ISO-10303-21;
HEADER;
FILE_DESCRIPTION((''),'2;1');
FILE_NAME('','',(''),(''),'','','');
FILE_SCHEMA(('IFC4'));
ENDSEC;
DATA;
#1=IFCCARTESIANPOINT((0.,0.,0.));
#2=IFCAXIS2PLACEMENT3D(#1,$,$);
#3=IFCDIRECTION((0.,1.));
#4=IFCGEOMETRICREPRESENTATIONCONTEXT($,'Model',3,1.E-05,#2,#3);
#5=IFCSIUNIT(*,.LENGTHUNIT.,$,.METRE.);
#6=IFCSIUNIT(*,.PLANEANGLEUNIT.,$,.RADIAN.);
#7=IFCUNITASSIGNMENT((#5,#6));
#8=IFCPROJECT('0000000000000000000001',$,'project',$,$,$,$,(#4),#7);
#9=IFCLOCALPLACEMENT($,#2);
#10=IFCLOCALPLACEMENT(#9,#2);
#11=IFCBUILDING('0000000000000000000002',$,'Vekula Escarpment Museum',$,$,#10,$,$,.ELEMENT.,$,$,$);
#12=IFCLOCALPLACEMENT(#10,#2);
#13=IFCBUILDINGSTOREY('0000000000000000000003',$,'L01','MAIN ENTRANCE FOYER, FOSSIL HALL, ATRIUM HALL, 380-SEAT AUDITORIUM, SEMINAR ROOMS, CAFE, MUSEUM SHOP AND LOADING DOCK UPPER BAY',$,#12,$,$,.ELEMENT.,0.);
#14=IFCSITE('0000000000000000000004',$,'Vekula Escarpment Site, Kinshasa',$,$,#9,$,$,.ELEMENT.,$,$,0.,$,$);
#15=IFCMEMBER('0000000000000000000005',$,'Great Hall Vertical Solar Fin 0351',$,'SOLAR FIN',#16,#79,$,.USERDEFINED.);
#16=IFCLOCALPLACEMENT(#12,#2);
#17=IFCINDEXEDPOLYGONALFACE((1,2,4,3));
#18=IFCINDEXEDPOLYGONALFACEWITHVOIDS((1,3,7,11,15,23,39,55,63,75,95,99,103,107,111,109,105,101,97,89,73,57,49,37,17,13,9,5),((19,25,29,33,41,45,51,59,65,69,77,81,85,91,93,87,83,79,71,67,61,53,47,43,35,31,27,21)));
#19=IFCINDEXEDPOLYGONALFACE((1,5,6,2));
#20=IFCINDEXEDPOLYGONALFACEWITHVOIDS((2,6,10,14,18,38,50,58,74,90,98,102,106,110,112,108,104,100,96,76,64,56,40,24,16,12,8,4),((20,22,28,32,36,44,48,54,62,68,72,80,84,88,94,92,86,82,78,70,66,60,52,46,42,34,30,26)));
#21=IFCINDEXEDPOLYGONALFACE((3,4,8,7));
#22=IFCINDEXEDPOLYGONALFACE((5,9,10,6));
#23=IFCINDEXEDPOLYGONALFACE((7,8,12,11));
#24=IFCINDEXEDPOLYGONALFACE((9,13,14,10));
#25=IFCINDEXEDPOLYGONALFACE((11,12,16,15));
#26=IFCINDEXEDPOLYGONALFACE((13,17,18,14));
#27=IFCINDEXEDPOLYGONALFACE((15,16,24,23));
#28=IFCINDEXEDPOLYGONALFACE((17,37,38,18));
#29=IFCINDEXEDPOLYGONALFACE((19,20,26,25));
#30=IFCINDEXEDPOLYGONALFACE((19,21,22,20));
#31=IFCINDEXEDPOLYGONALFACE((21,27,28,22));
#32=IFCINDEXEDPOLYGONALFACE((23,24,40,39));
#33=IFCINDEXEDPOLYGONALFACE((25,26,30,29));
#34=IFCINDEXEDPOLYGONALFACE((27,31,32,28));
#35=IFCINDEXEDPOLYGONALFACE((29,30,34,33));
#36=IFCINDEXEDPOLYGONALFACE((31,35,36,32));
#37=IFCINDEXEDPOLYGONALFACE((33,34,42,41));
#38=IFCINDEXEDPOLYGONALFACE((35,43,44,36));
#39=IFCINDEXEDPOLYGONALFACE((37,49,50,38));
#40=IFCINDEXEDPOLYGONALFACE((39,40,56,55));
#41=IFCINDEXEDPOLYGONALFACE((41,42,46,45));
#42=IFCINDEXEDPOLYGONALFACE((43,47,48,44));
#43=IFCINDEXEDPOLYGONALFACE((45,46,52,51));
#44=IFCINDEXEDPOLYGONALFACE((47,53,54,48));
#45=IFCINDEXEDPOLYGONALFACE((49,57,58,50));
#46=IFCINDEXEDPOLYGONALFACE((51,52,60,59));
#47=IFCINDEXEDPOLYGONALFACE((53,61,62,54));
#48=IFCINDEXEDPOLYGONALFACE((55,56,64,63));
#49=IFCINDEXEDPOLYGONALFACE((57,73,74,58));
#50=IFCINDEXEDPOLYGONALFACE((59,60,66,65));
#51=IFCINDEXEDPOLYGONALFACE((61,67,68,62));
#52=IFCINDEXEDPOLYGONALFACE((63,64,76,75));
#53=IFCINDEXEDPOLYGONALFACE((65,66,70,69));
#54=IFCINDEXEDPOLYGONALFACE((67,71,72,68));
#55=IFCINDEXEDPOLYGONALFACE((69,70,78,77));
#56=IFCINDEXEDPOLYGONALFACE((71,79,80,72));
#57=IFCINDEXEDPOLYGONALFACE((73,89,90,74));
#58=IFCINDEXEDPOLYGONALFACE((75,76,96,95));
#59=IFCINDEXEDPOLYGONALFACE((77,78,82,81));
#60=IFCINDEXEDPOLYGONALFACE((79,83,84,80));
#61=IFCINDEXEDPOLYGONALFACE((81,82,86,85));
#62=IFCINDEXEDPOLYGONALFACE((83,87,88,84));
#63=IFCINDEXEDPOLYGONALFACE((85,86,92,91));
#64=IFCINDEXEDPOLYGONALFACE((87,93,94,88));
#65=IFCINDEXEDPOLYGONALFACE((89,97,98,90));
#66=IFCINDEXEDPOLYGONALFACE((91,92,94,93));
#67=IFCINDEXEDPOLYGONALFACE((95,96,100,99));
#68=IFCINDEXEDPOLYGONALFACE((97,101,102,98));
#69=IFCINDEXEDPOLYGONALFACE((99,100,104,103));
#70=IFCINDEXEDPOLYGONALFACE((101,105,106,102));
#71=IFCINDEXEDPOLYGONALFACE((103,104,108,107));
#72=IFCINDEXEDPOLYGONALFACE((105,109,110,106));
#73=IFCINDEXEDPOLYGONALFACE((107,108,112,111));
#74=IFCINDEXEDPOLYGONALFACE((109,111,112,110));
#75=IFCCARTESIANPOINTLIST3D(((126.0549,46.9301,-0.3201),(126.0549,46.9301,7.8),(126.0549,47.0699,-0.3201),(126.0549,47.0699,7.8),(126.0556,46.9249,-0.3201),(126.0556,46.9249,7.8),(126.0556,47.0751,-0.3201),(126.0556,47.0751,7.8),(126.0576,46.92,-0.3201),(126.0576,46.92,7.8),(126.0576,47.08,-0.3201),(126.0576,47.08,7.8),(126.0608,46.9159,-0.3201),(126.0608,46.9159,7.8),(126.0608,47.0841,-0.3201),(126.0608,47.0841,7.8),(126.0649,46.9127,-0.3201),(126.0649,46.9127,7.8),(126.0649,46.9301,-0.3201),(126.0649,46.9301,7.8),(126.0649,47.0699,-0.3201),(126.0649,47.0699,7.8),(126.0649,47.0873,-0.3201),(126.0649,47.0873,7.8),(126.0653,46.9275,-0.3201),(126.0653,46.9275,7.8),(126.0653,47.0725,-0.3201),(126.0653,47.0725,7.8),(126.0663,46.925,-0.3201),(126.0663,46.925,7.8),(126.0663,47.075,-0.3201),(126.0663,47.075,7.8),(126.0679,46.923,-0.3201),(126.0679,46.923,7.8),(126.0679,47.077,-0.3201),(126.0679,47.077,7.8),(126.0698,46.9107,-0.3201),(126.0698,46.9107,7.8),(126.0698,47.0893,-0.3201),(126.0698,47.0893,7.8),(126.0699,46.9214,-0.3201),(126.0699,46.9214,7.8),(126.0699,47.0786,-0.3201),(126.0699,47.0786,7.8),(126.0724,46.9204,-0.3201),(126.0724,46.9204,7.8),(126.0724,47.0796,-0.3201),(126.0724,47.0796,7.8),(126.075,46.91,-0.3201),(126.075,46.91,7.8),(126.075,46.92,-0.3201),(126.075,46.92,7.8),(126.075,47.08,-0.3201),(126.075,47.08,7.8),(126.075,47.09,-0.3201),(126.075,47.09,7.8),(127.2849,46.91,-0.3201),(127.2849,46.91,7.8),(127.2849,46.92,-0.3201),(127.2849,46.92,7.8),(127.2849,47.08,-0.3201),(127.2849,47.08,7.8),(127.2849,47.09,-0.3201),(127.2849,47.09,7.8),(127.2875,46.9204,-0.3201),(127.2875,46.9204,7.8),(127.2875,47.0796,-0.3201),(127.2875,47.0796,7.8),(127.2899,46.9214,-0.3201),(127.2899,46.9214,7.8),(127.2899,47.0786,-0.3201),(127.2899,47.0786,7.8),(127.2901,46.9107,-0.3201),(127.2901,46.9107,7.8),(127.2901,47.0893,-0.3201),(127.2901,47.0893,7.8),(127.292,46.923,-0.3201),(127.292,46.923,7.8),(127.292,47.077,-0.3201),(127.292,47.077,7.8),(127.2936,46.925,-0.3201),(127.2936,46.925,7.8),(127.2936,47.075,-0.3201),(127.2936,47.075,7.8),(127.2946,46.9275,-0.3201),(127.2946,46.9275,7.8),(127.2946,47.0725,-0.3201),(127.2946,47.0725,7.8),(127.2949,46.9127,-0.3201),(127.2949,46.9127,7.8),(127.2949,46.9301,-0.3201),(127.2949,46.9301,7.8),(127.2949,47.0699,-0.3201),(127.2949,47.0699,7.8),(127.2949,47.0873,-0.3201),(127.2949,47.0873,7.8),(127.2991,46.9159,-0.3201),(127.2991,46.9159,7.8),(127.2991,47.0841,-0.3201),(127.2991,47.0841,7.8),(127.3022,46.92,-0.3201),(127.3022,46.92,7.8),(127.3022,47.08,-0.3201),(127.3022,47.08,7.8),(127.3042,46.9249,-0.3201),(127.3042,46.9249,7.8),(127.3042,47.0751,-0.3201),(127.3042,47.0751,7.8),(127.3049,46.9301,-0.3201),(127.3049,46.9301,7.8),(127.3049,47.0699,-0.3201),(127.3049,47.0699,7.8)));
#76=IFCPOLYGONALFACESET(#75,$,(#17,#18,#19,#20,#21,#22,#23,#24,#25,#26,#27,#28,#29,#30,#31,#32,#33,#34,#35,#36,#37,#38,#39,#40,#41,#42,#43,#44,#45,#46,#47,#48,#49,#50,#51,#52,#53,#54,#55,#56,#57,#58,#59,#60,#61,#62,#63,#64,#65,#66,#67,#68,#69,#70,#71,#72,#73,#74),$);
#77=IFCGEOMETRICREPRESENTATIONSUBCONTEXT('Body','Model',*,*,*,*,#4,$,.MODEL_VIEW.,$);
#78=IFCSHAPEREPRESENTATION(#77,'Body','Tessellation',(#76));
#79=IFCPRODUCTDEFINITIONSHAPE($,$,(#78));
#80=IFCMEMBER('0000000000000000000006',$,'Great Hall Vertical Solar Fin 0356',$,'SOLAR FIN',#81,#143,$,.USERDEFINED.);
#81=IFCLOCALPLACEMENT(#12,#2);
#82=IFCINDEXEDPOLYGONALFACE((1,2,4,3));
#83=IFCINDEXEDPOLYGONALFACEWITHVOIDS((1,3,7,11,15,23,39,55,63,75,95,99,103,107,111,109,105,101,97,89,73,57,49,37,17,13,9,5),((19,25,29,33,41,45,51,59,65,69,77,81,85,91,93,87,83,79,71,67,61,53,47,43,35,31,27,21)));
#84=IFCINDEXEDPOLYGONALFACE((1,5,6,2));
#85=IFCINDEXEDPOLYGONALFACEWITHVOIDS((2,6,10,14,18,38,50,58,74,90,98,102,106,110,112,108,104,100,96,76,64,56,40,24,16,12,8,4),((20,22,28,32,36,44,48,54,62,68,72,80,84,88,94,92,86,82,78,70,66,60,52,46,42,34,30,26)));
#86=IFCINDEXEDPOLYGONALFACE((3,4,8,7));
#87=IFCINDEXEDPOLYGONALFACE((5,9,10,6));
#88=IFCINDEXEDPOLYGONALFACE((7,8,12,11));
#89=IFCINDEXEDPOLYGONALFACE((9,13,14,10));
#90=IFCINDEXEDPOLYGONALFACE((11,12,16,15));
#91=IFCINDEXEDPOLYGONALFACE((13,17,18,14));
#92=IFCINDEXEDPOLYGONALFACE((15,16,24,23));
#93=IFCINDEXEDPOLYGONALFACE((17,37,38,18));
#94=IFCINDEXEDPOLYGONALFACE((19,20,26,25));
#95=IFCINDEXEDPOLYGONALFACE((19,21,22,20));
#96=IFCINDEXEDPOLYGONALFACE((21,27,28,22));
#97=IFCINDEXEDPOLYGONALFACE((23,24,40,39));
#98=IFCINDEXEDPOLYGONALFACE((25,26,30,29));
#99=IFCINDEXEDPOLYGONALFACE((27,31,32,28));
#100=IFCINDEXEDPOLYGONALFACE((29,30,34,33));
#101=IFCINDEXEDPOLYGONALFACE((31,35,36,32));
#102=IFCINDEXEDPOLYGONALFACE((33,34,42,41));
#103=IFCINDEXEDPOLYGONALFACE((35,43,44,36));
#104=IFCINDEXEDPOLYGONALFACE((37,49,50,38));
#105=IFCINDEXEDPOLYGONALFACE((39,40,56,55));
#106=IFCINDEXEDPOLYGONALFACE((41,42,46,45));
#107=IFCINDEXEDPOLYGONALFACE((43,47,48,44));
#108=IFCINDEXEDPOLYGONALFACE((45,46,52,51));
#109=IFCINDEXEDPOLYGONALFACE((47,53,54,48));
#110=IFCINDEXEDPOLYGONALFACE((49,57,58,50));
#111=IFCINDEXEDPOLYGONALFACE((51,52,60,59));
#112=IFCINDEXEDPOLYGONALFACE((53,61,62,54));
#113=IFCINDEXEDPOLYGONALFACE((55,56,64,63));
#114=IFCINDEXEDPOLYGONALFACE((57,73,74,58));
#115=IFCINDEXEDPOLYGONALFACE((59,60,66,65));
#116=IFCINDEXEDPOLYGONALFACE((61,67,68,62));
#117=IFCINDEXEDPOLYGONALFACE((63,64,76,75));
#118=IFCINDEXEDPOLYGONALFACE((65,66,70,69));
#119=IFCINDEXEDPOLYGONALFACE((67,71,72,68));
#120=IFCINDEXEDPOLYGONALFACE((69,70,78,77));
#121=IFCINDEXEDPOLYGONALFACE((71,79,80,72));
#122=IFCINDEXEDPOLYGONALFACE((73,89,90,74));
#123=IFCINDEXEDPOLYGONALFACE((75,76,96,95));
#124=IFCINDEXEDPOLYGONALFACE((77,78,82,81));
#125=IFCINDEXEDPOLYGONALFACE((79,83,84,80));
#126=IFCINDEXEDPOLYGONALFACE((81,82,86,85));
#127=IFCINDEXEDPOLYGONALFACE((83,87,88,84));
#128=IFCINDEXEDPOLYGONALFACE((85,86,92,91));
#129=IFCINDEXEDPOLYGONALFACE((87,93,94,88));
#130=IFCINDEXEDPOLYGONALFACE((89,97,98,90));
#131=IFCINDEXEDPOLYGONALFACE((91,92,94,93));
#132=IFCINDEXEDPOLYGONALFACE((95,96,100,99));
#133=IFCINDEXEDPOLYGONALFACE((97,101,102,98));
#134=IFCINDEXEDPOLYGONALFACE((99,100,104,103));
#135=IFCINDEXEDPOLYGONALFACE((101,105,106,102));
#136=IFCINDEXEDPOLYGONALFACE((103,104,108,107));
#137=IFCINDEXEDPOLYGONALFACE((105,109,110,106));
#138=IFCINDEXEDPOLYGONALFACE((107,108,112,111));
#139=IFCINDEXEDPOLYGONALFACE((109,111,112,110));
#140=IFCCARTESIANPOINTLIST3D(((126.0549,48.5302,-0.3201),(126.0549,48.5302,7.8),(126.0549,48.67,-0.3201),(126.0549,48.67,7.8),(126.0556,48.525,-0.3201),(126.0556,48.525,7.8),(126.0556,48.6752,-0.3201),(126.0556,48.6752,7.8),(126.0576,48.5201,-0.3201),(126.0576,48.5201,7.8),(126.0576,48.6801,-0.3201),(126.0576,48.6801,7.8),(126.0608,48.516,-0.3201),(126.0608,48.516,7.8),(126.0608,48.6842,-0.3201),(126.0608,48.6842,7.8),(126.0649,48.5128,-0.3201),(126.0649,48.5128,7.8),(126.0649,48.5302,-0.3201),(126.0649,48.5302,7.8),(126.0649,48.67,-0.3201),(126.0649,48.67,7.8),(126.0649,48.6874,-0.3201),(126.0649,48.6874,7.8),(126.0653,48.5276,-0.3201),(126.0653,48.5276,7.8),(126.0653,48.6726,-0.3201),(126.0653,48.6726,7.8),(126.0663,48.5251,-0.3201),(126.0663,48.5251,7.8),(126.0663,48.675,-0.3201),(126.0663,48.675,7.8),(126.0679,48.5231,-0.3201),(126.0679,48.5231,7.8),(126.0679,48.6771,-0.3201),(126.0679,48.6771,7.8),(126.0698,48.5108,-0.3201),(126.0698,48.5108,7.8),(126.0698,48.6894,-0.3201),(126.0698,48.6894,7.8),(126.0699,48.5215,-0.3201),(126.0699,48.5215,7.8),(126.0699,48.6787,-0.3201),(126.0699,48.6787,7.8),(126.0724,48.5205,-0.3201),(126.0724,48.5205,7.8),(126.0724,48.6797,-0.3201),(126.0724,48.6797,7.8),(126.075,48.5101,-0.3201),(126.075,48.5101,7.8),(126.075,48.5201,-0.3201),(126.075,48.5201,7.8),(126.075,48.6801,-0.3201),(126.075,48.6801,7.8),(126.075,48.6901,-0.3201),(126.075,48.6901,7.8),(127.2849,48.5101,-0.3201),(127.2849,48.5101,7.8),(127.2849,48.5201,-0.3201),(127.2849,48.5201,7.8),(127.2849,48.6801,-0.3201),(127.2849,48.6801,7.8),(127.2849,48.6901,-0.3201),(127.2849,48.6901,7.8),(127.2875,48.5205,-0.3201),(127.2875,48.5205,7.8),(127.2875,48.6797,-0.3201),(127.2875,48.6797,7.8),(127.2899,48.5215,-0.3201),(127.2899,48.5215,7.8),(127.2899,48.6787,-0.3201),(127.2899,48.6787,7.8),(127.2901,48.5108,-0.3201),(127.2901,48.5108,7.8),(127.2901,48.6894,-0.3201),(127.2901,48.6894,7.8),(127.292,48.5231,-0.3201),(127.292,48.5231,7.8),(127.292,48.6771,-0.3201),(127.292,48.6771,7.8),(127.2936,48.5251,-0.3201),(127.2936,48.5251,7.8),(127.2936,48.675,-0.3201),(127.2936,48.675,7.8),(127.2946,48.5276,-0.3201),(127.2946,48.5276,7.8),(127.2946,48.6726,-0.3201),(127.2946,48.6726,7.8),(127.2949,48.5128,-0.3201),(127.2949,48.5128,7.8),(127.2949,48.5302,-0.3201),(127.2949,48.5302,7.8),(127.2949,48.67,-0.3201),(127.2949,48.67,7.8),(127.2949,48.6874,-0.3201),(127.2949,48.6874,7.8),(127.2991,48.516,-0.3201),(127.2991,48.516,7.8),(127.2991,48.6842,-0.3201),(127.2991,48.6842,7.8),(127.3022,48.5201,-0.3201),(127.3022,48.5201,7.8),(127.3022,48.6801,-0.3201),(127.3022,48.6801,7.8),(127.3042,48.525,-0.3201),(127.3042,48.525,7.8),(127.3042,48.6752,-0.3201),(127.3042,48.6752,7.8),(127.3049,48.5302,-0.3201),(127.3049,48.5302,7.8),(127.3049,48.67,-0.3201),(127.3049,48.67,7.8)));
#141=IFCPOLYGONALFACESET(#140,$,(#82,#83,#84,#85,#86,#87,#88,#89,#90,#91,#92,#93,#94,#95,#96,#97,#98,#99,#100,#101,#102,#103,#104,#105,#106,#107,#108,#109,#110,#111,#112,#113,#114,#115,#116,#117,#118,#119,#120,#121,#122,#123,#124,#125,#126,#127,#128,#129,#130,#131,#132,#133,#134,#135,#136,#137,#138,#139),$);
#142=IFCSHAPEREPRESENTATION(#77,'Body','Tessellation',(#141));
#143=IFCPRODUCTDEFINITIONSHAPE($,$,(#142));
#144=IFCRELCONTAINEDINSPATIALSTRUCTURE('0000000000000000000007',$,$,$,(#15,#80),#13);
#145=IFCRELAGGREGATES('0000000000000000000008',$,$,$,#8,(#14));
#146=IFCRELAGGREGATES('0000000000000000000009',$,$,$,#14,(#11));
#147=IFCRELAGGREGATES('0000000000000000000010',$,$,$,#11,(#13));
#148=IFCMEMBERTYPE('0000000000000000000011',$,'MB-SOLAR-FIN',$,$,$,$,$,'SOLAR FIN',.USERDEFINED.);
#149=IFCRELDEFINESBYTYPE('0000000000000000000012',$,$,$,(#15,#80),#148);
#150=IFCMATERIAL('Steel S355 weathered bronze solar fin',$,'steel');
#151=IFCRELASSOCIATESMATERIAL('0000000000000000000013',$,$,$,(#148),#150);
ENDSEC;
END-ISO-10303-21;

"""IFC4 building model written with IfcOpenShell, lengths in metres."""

from ifc_helpers import new_model, si_unit, direction, frame, origin, origin_2d, place, context, subcontext, project, spatial, hollow_rectangle, extrude, material, material_profile, profile_set, type_object, element, save


model = new_model("IFC4")

# Units and contexts
model_context = context("Model", 3, precision=1e-05, world=origin(), true_north=direction((0.0, 1.0)))
body_context = subcontext(model_context, "Body", "Model", "MODEL_VIEW")
ifc_project = project(units=[si_unit("LENGTHUNIT", "METRE"), si_unit("PLANEANGLEUNIT", "RADIAN")], contexts=[model_context])

# Site, building, storey
site_placement = place(None, origin())
site = spatial("IfcSite", under=ifc_project, at=site_placement, Name="Vekula Escarpment Site, Kinshasa", CompositionType="ELEMENT", RefElevation=0.0)
building_placement = place(site_placement, origin())
building = spatial("IfcBuilding", under=site, at=building_placement, Name="Vekula Escarpment Museum", CompositionType="ELEMENT")
storey_placement = place(building_placement, origin())
storey = spatial("IfcBuildingStorey", under=building, at=storey_placement, Name="L01", Description="MAIN ENTRANCE FOYER, FOSSIL HALL, ATRIUM HALL, 380-SEAT AUDITORIUM, SEMINAR ROOMS, CAFE, MUSEUM SHOP AND LOADING DOCK UPPER BAY", CompositionType="ELEMENT", Elevation=0.0)

# Members
ifc_material_1 = material(Name="Steel S355 weathered bronze solar fin", Category="steel")
ifc_material_profile_1 = material_profile(ifc_material_1, hollow_rectangle(XDim=0.1799, YDim=1.25, WallThickness=0.01, InnerFilletRadius=0.01, OuterFilletRadius=0.02, at=origin_2d()), Name="RHS 1250x180x10")
ifc_profile_set_1 = profile_set([ifc_material_profile_1], Name="Steel S355 weathered bronze solar fin")
member_type = type_object("IfcMemberType", Name="MB-SOLAR-FIN", ElementType="SOLAR FIN", PredefinedType="USERDEFINED", material=ifc_profile_set_1)
for number, where, z_axis, x_axis, name in (
    (1, (126.6799, 47.0, -0.3201), (0.0, 0.0, 1.0), (0.0, 1.0, 0.0), "Great Hall Vertical Solar Fin 0351"),
    (2, (126.6799, 48.6001, -0.3201), (0.0, 0.0, 1.0), (0.0, 1.0, 0.0), "Great Hall Vertical Solar Fin 0356"),
):
    element("IfcMember", number, at=place(storey_placement, frame(where, z_axis=z_axis, x_axis=x_axis)), inside=storey, type_object=member_type, Name=name, ObjectType="SOLAR FIN", PredefinedType="USERDEFINED", context=body_context, shape_type="SweptSolid", body=[
        extrude(hollow_rectangle(XDim=0.1799, YDim=1.25, WallThickness=0.01, InnerFilletRadius=0.01, OuterFilletRadius=0.02, at=origin_2d()), origin(), (0.0, 0.0, 1.0), 8.1201),
    ])

save(model, "model.ifc")
